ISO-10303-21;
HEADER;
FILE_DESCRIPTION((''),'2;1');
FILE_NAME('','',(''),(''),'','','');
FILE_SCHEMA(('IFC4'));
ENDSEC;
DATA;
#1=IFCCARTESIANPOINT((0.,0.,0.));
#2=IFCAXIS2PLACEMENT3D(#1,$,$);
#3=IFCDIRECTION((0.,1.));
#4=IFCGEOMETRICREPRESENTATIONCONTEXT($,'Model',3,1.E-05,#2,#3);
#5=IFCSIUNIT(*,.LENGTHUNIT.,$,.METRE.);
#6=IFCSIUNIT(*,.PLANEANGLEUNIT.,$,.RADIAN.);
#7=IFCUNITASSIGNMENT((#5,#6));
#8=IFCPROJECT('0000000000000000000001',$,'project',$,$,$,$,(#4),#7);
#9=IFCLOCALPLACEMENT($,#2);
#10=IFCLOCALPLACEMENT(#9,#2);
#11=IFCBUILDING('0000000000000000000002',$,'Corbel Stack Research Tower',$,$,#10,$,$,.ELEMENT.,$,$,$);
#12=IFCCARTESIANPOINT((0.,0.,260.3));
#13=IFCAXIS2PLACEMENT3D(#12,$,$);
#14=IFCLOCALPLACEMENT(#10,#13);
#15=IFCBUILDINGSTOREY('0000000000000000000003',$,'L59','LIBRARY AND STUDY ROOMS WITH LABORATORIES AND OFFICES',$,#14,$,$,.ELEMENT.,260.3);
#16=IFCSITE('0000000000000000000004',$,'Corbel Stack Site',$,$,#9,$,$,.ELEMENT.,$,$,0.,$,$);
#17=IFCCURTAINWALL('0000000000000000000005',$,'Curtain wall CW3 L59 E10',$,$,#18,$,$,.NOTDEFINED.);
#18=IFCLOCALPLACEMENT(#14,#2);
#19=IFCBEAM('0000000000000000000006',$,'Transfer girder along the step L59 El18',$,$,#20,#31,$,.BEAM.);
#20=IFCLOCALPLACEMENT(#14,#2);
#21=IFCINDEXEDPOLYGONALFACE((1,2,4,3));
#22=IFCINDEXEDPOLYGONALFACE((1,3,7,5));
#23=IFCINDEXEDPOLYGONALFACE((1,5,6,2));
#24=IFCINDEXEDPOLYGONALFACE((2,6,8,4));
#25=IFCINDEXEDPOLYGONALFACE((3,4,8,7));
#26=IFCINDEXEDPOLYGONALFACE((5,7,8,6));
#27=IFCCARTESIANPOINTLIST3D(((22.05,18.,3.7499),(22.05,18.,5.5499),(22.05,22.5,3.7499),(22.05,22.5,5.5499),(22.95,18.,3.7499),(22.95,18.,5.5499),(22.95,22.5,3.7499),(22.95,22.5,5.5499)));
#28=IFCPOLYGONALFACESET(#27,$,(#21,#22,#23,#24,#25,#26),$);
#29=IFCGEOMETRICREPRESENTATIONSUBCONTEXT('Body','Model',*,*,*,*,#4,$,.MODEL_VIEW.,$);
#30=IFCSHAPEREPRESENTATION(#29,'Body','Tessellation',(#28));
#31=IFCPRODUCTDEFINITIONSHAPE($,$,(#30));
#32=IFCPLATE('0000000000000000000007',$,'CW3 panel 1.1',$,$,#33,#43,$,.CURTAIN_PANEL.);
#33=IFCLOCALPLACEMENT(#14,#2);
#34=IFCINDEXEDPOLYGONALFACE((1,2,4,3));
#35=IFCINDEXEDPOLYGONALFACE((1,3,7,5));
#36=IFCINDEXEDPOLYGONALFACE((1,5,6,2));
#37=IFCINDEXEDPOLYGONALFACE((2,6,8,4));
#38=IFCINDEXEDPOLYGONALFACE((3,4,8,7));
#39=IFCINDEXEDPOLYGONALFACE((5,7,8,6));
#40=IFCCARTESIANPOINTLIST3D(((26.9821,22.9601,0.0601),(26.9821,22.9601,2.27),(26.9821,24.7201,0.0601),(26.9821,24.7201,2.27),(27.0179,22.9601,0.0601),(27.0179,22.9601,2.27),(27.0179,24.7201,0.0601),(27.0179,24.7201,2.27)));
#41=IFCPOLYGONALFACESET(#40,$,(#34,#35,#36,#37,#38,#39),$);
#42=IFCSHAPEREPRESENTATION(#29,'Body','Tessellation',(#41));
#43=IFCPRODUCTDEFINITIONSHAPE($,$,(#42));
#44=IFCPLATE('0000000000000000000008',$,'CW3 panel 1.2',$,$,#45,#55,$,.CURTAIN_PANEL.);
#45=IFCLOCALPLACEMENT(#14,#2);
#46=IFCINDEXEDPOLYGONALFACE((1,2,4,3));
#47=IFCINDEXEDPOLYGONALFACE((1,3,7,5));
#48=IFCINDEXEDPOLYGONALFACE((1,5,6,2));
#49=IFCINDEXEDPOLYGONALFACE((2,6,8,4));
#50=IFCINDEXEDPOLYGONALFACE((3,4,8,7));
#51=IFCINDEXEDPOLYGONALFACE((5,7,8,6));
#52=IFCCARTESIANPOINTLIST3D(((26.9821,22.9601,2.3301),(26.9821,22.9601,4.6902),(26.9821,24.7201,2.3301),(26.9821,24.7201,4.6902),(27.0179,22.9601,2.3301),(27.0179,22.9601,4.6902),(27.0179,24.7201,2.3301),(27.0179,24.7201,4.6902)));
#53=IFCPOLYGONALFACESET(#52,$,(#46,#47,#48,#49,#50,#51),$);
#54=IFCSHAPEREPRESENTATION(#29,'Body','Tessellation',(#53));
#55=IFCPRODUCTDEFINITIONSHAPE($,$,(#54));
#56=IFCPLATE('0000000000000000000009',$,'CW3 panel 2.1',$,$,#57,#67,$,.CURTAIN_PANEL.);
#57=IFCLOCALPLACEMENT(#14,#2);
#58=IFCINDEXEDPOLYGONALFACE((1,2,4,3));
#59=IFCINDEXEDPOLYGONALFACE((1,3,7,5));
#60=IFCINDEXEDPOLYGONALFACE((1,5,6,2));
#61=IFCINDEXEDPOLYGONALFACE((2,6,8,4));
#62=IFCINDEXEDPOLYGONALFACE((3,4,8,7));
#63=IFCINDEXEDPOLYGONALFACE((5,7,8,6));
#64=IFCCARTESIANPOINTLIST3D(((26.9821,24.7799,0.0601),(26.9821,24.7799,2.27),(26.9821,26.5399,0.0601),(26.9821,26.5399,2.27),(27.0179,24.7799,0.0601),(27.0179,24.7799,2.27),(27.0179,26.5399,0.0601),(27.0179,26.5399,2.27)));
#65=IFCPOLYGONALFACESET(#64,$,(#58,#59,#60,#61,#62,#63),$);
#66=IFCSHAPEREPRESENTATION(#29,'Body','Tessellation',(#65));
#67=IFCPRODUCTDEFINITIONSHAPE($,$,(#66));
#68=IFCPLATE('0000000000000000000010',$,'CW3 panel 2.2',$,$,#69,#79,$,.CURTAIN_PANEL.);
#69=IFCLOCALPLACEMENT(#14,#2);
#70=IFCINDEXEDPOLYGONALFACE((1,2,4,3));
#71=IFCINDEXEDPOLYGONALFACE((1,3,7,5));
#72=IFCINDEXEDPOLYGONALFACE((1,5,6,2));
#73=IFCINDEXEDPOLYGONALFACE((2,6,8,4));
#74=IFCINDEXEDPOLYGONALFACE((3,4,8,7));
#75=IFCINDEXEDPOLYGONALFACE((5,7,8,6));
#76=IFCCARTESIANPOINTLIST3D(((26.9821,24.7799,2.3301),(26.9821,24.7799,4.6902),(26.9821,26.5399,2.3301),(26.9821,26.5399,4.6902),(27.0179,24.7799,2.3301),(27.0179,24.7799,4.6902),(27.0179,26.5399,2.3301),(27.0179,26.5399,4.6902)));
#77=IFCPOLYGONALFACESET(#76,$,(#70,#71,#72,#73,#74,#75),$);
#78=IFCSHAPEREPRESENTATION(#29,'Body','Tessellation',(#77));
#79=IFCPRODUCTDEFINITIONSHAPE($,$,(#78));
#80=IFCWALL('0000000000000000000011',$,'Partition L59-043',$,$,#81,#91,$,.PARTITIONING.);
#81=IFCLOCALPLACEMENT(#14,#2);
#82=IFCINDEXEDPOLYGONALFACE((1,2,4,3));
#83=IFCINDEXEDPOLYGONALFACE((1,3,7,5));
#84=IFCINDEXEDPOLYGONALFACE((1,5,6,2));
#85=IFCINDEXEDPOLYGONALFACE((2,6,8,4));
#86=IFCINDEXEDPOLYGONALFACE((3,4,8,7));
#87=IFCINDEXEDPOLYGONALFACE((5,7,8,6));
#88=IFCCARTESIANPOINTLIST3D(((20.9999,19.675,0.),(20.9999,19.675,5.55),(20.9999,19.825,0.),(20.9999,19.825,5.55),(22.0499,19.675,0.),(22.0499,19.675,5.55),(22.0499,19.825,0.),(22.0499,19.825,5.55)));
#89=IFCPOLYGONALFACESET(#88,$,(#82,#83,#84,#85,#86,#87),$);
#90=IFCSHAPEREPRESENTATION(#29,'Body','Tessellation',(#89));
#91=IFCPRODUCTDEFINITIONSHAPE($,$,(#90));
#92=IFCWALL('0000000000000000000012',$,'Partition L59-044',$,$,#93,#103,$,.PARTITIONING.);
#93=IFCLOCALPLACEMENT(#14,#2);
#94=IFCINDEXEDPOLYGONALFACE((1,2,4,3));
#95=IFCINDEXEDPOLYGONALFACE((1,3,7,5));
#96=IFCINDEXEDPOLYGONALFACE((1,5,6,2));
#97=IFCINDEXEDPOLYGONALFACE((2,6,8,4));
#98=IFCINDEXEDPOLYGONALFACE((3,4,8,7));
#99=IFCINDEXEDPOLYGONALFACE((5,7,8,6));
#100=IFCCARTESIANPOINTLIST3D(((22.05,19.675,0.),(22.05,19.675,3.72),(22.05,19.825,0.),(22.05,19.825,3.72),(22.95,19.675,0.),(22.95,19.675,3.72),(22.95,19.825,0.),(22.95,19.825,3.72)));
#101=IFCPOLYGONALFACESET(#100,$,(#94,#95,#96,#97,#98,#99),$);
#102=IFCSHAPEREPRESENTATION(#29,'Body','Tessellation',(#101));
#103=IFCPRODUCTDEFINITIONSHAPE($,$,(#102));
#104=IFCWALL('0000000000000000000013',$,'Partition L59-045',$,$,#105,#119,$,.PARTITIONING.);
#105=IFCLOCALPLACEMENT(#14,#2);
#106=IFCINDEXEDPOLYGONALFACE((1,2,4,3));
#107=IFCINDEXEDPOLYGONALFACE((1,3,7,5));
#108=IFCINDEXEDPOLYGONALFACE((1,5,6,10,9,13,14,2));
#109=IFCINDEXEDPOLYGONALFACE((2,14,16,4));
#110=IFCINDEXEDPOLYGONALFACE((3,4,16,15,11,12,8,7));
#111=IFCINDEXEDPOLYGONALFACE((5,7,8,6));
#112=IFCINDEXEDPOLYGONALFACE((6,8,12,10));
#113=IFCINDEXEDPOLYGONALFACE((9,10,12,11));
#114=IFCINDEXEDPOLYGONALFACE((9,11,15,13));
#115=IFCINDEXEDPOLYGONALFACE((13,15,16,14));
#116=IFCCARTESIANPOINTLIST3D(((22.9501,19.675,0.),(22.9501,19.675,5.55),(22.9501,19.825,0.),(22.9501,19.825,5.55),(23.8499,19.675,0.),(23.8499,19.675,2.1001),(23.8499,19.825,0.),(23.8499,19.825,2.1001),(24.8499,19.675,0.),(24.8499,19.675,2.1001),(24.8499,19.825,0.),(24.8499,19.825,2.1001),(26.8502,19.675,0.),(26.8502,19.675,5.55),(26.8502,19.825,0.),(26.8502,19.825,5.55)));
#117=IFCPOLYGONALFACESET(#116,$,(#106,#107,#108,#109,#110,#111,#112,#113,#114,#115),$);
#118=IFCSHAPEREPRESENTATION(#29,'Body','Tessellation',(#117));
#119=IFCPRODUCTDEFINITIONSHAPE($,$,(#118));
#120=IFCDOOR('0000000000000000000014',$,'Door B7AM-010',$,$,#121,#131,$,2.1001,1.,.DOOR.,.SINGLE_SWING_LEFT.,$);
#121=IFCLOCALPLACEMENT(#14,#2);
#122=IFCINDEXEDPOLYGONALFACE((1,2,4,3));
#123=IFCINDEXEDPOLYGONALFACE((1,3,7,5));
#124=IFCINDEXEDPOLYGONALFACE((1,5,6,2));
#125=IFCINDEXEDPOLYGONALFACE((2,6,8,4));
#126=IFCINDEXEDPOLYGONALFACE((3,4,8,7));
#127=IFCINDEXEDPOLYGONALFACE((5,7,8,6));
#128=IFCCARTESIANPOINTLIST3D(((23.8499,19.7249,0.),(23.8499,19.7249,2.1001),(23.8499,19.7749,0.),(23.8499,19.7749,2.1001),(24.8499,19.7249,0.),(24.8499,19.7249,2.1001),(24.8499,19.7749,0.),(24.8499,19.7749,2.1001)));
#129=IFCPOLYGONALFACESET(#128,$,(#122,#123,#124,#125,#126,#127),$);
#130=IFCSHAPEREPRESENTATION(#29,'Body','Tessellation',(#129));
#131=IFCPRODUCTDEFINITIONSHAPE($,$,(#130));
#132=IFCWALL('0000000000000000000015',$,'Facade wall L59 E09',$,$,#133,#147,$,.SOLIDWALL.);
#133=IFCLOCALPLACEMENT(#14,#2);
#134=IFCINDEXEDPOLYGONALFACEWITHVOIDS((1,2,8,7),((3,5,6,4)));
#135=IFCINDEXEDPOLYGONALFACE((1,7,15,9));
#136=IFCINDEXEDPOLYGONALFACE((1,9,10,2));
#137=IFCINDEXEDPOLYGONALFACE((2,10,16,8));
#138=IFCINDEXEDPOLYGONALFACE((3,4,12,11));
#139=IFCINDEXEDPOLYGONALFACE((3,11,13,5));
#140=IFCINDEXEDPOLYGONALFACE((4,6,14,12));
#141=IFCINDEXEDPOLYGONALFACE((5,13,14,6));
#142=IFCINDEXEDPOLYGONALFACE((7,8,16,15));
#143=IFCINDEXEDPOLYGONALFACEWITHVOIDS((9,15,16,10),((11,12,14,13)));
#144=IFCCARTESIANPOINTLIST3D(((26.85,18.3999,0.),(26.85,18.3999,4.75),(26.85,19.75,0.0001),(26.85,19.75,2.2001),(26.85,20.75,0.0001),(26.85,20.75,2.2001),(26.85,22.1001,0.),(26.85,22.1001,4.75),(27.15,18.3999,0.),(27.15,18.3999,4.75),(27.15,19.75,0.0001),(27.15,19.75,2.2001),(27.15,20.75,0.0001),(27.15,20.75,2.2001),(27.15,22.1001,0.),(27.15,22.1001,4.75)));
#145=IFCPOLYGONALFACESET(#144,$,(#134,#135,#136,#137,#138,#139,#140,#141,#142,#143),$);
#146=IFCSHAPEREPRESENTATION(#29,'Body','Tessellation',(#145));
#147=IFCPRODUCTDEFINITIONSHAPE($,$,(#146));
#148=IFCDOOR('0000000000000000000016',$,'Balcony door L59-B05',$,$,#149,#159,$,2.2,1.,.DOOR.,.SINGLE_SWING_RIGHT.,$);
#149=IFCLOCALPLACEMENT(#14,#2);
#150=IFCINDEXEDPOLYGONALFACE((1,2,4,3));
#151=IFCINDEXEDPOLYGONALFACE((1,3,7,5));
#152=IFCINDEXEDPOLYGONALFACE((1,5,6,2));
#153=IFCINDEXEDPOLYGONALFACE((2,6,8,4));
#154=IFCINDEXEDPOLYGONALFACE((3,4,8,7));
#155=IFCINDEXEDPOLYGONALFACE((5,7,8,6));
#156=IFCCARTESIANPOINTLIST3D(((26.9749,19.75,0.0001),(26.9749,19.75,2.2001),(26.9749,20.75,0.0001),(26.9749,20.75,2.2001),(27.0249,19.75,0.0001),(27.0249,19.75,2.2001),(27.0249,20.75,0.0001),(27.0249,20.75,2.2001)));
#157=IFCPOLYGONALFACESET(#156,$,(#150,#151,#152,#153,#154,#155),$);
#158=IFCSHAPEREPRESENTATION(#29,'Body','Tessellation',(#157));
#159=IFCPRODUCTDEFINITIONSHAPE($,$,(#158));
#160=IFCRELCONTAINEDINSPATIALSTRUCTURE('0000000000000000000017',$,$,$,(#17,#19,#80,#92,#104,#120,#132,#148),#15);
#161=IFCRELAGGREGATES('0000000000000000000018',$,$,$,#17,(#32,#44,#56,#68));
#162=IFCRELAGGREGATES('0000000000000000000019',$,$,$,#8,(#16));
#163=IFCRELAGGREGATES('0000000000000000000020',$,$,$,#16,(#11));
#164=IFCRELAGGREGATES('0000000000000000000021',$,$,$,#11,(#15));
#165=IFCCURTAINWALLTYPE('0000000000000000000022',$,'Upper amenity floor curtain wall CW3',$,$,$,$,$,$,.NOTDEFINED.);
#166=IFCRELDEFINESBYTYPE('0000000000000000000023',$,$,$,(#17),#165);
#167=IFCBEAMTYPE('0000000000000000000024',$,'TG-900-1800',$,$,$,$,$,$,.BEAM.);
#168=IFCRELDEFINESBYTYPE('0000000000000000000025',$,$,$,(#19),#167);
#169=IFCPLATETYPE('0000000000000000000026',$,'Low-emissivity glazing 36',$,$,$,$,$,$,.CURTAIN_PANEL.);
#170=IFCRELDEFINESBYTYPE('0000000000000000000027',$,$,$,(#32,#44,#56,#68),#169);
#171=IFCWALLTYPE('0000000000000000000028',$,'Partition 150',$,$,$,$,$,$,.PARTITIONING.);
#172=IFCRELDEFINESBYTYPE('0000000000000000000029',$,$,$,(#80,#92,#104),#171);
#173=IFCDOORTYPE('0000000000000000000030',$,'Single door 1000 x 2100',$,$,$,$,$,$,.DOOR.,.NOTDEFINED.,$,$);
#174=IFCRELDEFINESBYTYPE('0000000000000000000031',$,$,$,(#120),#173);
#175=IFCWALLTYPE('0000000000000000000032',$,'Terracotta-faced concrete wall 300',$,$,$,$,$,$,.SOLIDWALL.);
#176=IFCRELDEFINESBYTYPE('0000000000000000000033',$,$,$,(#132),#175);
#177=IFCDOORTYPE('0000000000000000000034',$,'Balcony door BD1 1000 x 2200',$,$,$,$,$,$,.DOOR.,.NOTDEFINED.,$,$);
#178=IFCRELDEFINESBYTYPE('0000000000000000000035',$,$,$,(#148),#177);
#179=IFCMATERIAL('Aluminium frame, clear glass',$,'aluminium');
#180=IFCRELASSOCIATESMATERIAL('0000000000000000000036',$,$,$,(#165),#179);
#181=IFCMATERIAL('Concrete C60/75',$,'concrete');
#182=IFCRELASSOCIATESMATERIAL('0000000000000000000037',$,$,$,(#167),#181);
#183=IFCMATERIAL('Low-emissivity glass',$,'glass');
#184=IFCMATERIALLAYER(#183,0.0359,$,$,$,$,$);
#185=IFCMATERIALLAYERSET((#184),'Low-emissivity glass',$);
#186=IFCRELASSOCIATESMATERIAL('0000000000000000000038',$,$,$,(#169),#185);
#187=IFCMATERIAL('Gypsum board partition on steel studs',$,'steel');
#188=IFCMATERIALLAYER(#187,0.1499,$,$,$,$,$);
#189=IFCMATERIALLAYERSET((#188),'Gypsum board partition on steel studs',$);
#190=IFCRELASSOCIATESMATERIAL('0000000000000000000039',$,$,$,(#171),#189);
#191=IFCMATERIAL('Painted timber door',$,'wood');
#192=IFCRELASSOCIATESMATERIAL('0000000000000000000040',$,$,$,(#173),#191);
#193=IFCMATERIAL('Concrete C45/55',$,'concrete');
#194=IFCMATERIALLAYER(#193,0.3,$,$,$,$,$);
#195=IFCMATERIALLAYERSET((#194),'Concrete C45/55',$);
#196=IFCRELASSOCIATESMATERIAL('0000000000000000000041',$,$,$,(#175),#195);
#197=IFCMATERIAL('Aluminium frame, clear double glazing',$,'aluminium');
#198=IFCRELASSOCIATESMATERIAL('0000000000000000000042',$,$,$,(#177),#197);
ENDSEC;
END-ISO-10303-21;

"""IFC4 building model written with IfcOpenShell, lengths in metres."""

from ifc_helpers import new_model, si_unit, direction, frame, frame_2d, origin, origin_2d, place, context, subcontext, project, spatial, rectangle, extrude, material, layer, layer_set, material_profile, profile_set, type_object, element, fill, aggregate, save


model = new_model("IFC4")

# Units and contexts
model_context = context("Model", 3, precision=1e-05, world=origin(), true_north=direction((0.0, 1.0)))
body_context = subcontext(model_context, "Body", "Model", "MODEL_VIEW")
ifc_project = project(units=[si_unit("LENGTHUNIT", "METRE"), si_unit("PLANEANGLEUNIT", "RADIAN")], contexts=[model_context])

# Site, building, storey
site_placement = place(None, origin())
site = spatial("IfcSite", under=ifc_project, at=site_placement, Name="Corbel Stack Site", CompositionType="ELEMENT", RefElevation=0.0)
building_placement = place(site_placement, origin())
building = spatial("IfcBuilding", under=site, at=building_placement, Name="Corbel Stack Research Tower", CompositionType="ELEMENT")
storey_placement = place(building_placement, frame((0.0, 0.0, 260.3)))
storey = spatial("IfcBuildingStorey", under=building, at=storey_placement, Name="L59", Description="LIBRARY AND STUDY ROOMS WITH LABORATORIES AND OFFICES", CompositionType="ELEMENT", Elevation=260.3)

# Curtain wall
ifc_material_1 = material(Name="Aluminium frame, clear glass", Category="aluminium")
curtain_wall_type = type_object("IfcCurtainWallType", Name="Upper amenity floor curtain wall CW3", PredefinedType="NOTDEFINED", material=ifc_material_1)
curtain_wall_placement = place(storey_placement, origin())
curtain_wall = element("IfcCurtainWall", 1, at=curtain_wall_placement, inside=storey, type_object=curtain_wall_type, Name="Curtain wall CW3 L59 E10", PredefinedType="NOTDEFINED")

# Beam
ifc_material_2 = material(Name="Concrete C60/75", Category="concrete")
ifc_material_profile_1 = material_profile(ifc_material_2, rectangle(XDim=0.8999, YDim=1.8, at=origin_2d()), Name="RC 900 x 1800")
ifc_profile_set_1 = profile_set([ifc_material_profile_1], Name="Concrete C60/75")
beam_type_1 = type_object("IfcBeamType", Name="TG-900-1800", PredefinedType="BEAM", material=ifc_profile_set_1)
beam_placement = place(storey_placement, frame((22.5, 18.0, 4.6499), z_axis=(0.0, 1.0, 0.0), x_axis=(-1.0, 0.0, 0.0)))
element("IfcBeam", 2, at=beam_placement, inside=storey, type_object=beam_type_1, Name="Transfer girder along the step L59 El18", PredefinedType="BEAM", context=body_context, shape_type="SweptSolid", body=[
    extrude(rectangle(XDim=0.8999, YDim=1.8, at=origin_2d()), origin(), (0.0, 0.0, 1.0), 4.5),
])

# Plates
ifc_material_3 = material(Name="Low-emissivity glass", Category="glass")
ifc_layer_1 = layer(ifc_material_3, 0.0359)
ifc_layer_set_1 = layer_set([ifc_layer_1], Name="Low-emissivity glass")
plate_type = type_object("IfcPlateType", Name="Low-emissivity glazing 36", PredefinedType="CURTAIN_PANEL", material=ifc_layer_set_1)
plate_1_placement = place(storey_placement, frame((27.0, 23.8401, 0.0601), z_axis=(0.0, 0.0, 1.0), x_axis=(0.0, 1.0, 0.0)))
plate_1 = element("IfcPlate", 3, at=plate_1_placement, type_object=plate_type, Name="CW3 panel 1.1", PredefinedType="CURTAIN_PANEL", context=body_context, shape_type="SweptSolid", body=[
    extrude(rectangle(XDim=1.76, YDim=0.0359, at=origin_2d()), origin(), (0.0, 0.0, 1.0), 2.21),
])
plate_2_placement = place(storey_placement, frame((27.0, 23.8401, 2.3301), z_axis=(0.0, 0.0, 1.0), x_axis=(0.0, 1.0, 0.0)))
plate_2 = element("IfcPlate", 4, at=plate_2_placement, type_object=plate_type, Name="CW3 panel 1.2", PredefinedType="CURTAIN_PANEL", context=body_context, shape_type="SweptSolid", body=[
    extrude(rectangle(XDim=1.76, YDim=0.0359, at=origin_2d()), origin(), (0.0, 0.0, 1.0), 2.3601),
])
plate_3_placement = place(storey_placement, frame((27.0, 25.6599, 0.0601), z_axis=(0.0, 0.0, 1.0), x_axis=(0.0, 1.0, 0.0)))
plate_3 = element("IfcPlate", 5, at=plate_3_placement, type_object=plate_type, Name="CW3 panel 2.1", PredefinedType="CURTAIN_PANEL", context=body_context, shape_type="SweptSolid", body=[
    extrude(rectangle(XDim=1.76, YDim=0.0359, at=origin_2d()), origin(), (0.0, 0.0, 1.0), 2.21),
])
plate_4_placement = place(storey_placement, frame((27.0, 25.6599, 2.3301), z_axis=(0.0, 0.0, 1.0), x_axis=(0.0, 1.0, 0.0)))
plate_4 = element("IfcPlate", 6, at=plate_4_placement, type_object=plate_type, Name="CW3 panel 2.2", PredefinedType="CURTAIN_PANEL", context=body_context, shape_type="SweptSolid", body=[
    extrude(rectangle(XDim=1.76, YDim=0.0359, at=origin_2d()), origin(), (0.0, 0.0, 1.0), 2.3601),
])
aggregate(curtain_wall, [plate_1, plate_2, plate_3, plate_4])

# Walls
ifc_material_4 = material(Name="Gypsum board partition on steel studs", Category="steel")
ifc_layer_2 = layer(ifc_material_4, 0.1499)
ifc_layer_set_2 = layer_set([ifc_layer_2], Name="Gypsum board partition on steel studs")
wall_type_1 = type_object("IfcWallType", Name="Partition 150", PredefinedType="PARTITIONING", material=ifc_layer_set_2)
wall_1_placement = place(storey_placement, frame((21.0, 19.75, 0.0), z_axis=(0.0, 0.0, 1.0), x_axis=(1.0, 0.0, 0.0)))
element("IfcWall", 7, at=wall_1_placement, inside=storey, type_object=wall_type_1, Name="Partition L59-043", PredefinedType="PARTITIONING", context=body_context, shape_type="SweptSolid", body=[
    extrude(rectangle(XDim=1.05, YDim=0.1499, at=frame_2d((0.5249, 0.0))), origin(), (0.0, 0.0, 1.0), 5.55),
])
wall_2_placement = place(storey_placement, frame((22.05, 19.75, 0.0), z_axis=(0.0, 0.0, 1.0), x_axis=(1.0, 0.0, 0.0)))
element("IfcWall", 8, at=wall_2_placement, inside=storey, type_object=wall_type_1, Name="Partition L59-044", PredefinedType="PARTITIONING", context=body_context, shape_type="SweptSolid", body=[
    extrude(rectangle(XDim=0.8999, YDim=0.1499, at=frame_2d((0.45, 0.0))), origin(), (0.0, 0.0, 1.0), 3.72),
])

# Walls, openings, doors
wall_3_placement = place(storey_placement, frame((22.95, 19.75, 0.0), z_axis=(0.0, 0.0, 1.0), x_axis=(1.0, 0.0, 0.0)))
wall_3 = element("IfcWall", 9, at=wall_3_placement, inside=storey, type_object=wall_type_1, Name="Partition L59-045", PredefinedType="PARTITIONING", context=body_context, shape_type="SweptSolid", body=[
    extrude(rectangle(XDim=3.9001, YDim=0.1499, at=frame_2d((1.9502, 0.0))), origin(), (0.0, 0.0, 1.0), 5.55),
])
opening_1_placement = place(wall_3_placement, frame((0.8999, 0.0, 0.0)))
opening_1 = element("IfcOpeningElement", 10, at=opening_1_placement, cuts=wall_3, PredefinedType="OPENING", context=body_context, shape_type="SweptSolid", body=[
    extrude(rectangle(XDim=1.0, YDim=2.1001, at=frame_2d((0.5, 1.05))), frame((0.0, 0.085, 0.0), z_axis=(0.0, -1.0, 0.0), x_axis=(1.0, 0.0, 0.0)), (0.0, 0.0, 1.0), 0.1699),
])
ifc_material_5 = material(Name="Painted timber door", Category="wood")
door_type_1 = type_object("IfcDoorType", Name="Single door 1000 x 2100", OperationType="NOTDEFINED", PredefinedType="DOOR", material=ifc_material_5)
door_1_placement = place(opening_1_placement, origin())
door_1 = element("IfcDoor", 11, at=door_1_placement, inside=storey, type_object=door_type_1, Name="Door B7AM-010", OperationType="SINGLE_SWING_LEFT", OverallHeight=2.1001, OverallWidth=1.0, PredefinedType="DOOR", context=body_context, shape_type="SweptSolid", body=[
    extrude(rectangle(XDim=1.0, YDim=2.1001, at=frame_2d((0.5, 1.05))), frame((0.0, 0.0249, 0.0), z_axis=(0.0, -1.0, 0.0), x_axis=(1.0, 0.0, 0.0)), (0.0, 0.0, 1.0), 0.05),
])
fill(opening_1, door_1)
ifc_material_6 = material(Name="Concrete C45/55", Category="concrete")
ifc_layer_3 = layer(ifc_material_6, 0.3)
ifc_layer_set_3 = layer_set([ifc_layer_3], Name="Concrete C45/55")
wall_type_2 = type_object("IfcWallType", Name="Terracotta-faced concrete wall 300", PredefinedType="SOLIDWALL", material=ifc_layer_set_3)
wall_4_placement = place(storey_placement, frame((27.0, 22.1001, 0.0), z_axis=(0.0, 0.0, 1.0), x_axis=(0.0, -1.0, 0.0)))
wall_4 = element("IfcWall", 12, at=wall_4_placement, inside=storey, type_object=wall_type_2, Name="Facade wall L59 E09", PredefinedType="SOLIDWALL", context=body_context, shape_type="SweptSolid", body=[
    extrude(rectangle(XDim=3.7002, YDim=0.3, at=frame_2d((1.8501, 0.0))), origin(), (0.0, 0.0, 1.0), 4.75),
])
opening_2_placement = place(wall_4_placement, frame((1.3501, 0.0, 0.0)))
opening_2 = element("IfcOpeningElement", 13, at=opening_2_placement, cuts=wall_4, PredefinedType="OPENING", context=body_context, shape_type="SweptSolid", body=[
    extrude(rectangle(XDim=1.0, YDim=2.2, at=frame_2d((0.5, 1.1001))), frame((0.0, 0.1599, 0.0), z_axis=(0.0, -1.0, 0.0), x_axis=(1.0, 0.0, 0.0)), (0.0, 0.0, 1.0), 0.3201),
])
ifc_material_7 = material(Name="Aluminium frame, clear double glazing", Category="aluminium")
door_type_2 = type_object("IfcDoorType", Name="Balcony door BD1 1000 x 2200", OperationType="NOTDEFINED", PredefinedType="DOOR", material=ifc_material_7)
door_2_placement = place(opening_2_placement, origin())
door_2 = element("IfcDoor", 14, at=door_2_placement, inside=storey, type_object=door_type_2, Name="Balcony door L59-B05", OperationType="SINGLE_SWING_RIGHT", OverallHeight=2.2, OverallWidth=1.0, PredefinedType="DOOR", context=body_context, shape_type="SweptSolid", body=[
    extrude(rectangle(XDim=1.0, YDim=2.2, at=frame_2d((0.5, 1.1001))), frame((0.0, 0.0249, 0.0), z_axis=(0.0, -1.0, 0.0), x_axis=(1.0, 0.0, 0.0)), (0.0, 0.0, 1.0), 0.05),
])
fill(opening_2, door_2)

save(model, "model.ifc")
